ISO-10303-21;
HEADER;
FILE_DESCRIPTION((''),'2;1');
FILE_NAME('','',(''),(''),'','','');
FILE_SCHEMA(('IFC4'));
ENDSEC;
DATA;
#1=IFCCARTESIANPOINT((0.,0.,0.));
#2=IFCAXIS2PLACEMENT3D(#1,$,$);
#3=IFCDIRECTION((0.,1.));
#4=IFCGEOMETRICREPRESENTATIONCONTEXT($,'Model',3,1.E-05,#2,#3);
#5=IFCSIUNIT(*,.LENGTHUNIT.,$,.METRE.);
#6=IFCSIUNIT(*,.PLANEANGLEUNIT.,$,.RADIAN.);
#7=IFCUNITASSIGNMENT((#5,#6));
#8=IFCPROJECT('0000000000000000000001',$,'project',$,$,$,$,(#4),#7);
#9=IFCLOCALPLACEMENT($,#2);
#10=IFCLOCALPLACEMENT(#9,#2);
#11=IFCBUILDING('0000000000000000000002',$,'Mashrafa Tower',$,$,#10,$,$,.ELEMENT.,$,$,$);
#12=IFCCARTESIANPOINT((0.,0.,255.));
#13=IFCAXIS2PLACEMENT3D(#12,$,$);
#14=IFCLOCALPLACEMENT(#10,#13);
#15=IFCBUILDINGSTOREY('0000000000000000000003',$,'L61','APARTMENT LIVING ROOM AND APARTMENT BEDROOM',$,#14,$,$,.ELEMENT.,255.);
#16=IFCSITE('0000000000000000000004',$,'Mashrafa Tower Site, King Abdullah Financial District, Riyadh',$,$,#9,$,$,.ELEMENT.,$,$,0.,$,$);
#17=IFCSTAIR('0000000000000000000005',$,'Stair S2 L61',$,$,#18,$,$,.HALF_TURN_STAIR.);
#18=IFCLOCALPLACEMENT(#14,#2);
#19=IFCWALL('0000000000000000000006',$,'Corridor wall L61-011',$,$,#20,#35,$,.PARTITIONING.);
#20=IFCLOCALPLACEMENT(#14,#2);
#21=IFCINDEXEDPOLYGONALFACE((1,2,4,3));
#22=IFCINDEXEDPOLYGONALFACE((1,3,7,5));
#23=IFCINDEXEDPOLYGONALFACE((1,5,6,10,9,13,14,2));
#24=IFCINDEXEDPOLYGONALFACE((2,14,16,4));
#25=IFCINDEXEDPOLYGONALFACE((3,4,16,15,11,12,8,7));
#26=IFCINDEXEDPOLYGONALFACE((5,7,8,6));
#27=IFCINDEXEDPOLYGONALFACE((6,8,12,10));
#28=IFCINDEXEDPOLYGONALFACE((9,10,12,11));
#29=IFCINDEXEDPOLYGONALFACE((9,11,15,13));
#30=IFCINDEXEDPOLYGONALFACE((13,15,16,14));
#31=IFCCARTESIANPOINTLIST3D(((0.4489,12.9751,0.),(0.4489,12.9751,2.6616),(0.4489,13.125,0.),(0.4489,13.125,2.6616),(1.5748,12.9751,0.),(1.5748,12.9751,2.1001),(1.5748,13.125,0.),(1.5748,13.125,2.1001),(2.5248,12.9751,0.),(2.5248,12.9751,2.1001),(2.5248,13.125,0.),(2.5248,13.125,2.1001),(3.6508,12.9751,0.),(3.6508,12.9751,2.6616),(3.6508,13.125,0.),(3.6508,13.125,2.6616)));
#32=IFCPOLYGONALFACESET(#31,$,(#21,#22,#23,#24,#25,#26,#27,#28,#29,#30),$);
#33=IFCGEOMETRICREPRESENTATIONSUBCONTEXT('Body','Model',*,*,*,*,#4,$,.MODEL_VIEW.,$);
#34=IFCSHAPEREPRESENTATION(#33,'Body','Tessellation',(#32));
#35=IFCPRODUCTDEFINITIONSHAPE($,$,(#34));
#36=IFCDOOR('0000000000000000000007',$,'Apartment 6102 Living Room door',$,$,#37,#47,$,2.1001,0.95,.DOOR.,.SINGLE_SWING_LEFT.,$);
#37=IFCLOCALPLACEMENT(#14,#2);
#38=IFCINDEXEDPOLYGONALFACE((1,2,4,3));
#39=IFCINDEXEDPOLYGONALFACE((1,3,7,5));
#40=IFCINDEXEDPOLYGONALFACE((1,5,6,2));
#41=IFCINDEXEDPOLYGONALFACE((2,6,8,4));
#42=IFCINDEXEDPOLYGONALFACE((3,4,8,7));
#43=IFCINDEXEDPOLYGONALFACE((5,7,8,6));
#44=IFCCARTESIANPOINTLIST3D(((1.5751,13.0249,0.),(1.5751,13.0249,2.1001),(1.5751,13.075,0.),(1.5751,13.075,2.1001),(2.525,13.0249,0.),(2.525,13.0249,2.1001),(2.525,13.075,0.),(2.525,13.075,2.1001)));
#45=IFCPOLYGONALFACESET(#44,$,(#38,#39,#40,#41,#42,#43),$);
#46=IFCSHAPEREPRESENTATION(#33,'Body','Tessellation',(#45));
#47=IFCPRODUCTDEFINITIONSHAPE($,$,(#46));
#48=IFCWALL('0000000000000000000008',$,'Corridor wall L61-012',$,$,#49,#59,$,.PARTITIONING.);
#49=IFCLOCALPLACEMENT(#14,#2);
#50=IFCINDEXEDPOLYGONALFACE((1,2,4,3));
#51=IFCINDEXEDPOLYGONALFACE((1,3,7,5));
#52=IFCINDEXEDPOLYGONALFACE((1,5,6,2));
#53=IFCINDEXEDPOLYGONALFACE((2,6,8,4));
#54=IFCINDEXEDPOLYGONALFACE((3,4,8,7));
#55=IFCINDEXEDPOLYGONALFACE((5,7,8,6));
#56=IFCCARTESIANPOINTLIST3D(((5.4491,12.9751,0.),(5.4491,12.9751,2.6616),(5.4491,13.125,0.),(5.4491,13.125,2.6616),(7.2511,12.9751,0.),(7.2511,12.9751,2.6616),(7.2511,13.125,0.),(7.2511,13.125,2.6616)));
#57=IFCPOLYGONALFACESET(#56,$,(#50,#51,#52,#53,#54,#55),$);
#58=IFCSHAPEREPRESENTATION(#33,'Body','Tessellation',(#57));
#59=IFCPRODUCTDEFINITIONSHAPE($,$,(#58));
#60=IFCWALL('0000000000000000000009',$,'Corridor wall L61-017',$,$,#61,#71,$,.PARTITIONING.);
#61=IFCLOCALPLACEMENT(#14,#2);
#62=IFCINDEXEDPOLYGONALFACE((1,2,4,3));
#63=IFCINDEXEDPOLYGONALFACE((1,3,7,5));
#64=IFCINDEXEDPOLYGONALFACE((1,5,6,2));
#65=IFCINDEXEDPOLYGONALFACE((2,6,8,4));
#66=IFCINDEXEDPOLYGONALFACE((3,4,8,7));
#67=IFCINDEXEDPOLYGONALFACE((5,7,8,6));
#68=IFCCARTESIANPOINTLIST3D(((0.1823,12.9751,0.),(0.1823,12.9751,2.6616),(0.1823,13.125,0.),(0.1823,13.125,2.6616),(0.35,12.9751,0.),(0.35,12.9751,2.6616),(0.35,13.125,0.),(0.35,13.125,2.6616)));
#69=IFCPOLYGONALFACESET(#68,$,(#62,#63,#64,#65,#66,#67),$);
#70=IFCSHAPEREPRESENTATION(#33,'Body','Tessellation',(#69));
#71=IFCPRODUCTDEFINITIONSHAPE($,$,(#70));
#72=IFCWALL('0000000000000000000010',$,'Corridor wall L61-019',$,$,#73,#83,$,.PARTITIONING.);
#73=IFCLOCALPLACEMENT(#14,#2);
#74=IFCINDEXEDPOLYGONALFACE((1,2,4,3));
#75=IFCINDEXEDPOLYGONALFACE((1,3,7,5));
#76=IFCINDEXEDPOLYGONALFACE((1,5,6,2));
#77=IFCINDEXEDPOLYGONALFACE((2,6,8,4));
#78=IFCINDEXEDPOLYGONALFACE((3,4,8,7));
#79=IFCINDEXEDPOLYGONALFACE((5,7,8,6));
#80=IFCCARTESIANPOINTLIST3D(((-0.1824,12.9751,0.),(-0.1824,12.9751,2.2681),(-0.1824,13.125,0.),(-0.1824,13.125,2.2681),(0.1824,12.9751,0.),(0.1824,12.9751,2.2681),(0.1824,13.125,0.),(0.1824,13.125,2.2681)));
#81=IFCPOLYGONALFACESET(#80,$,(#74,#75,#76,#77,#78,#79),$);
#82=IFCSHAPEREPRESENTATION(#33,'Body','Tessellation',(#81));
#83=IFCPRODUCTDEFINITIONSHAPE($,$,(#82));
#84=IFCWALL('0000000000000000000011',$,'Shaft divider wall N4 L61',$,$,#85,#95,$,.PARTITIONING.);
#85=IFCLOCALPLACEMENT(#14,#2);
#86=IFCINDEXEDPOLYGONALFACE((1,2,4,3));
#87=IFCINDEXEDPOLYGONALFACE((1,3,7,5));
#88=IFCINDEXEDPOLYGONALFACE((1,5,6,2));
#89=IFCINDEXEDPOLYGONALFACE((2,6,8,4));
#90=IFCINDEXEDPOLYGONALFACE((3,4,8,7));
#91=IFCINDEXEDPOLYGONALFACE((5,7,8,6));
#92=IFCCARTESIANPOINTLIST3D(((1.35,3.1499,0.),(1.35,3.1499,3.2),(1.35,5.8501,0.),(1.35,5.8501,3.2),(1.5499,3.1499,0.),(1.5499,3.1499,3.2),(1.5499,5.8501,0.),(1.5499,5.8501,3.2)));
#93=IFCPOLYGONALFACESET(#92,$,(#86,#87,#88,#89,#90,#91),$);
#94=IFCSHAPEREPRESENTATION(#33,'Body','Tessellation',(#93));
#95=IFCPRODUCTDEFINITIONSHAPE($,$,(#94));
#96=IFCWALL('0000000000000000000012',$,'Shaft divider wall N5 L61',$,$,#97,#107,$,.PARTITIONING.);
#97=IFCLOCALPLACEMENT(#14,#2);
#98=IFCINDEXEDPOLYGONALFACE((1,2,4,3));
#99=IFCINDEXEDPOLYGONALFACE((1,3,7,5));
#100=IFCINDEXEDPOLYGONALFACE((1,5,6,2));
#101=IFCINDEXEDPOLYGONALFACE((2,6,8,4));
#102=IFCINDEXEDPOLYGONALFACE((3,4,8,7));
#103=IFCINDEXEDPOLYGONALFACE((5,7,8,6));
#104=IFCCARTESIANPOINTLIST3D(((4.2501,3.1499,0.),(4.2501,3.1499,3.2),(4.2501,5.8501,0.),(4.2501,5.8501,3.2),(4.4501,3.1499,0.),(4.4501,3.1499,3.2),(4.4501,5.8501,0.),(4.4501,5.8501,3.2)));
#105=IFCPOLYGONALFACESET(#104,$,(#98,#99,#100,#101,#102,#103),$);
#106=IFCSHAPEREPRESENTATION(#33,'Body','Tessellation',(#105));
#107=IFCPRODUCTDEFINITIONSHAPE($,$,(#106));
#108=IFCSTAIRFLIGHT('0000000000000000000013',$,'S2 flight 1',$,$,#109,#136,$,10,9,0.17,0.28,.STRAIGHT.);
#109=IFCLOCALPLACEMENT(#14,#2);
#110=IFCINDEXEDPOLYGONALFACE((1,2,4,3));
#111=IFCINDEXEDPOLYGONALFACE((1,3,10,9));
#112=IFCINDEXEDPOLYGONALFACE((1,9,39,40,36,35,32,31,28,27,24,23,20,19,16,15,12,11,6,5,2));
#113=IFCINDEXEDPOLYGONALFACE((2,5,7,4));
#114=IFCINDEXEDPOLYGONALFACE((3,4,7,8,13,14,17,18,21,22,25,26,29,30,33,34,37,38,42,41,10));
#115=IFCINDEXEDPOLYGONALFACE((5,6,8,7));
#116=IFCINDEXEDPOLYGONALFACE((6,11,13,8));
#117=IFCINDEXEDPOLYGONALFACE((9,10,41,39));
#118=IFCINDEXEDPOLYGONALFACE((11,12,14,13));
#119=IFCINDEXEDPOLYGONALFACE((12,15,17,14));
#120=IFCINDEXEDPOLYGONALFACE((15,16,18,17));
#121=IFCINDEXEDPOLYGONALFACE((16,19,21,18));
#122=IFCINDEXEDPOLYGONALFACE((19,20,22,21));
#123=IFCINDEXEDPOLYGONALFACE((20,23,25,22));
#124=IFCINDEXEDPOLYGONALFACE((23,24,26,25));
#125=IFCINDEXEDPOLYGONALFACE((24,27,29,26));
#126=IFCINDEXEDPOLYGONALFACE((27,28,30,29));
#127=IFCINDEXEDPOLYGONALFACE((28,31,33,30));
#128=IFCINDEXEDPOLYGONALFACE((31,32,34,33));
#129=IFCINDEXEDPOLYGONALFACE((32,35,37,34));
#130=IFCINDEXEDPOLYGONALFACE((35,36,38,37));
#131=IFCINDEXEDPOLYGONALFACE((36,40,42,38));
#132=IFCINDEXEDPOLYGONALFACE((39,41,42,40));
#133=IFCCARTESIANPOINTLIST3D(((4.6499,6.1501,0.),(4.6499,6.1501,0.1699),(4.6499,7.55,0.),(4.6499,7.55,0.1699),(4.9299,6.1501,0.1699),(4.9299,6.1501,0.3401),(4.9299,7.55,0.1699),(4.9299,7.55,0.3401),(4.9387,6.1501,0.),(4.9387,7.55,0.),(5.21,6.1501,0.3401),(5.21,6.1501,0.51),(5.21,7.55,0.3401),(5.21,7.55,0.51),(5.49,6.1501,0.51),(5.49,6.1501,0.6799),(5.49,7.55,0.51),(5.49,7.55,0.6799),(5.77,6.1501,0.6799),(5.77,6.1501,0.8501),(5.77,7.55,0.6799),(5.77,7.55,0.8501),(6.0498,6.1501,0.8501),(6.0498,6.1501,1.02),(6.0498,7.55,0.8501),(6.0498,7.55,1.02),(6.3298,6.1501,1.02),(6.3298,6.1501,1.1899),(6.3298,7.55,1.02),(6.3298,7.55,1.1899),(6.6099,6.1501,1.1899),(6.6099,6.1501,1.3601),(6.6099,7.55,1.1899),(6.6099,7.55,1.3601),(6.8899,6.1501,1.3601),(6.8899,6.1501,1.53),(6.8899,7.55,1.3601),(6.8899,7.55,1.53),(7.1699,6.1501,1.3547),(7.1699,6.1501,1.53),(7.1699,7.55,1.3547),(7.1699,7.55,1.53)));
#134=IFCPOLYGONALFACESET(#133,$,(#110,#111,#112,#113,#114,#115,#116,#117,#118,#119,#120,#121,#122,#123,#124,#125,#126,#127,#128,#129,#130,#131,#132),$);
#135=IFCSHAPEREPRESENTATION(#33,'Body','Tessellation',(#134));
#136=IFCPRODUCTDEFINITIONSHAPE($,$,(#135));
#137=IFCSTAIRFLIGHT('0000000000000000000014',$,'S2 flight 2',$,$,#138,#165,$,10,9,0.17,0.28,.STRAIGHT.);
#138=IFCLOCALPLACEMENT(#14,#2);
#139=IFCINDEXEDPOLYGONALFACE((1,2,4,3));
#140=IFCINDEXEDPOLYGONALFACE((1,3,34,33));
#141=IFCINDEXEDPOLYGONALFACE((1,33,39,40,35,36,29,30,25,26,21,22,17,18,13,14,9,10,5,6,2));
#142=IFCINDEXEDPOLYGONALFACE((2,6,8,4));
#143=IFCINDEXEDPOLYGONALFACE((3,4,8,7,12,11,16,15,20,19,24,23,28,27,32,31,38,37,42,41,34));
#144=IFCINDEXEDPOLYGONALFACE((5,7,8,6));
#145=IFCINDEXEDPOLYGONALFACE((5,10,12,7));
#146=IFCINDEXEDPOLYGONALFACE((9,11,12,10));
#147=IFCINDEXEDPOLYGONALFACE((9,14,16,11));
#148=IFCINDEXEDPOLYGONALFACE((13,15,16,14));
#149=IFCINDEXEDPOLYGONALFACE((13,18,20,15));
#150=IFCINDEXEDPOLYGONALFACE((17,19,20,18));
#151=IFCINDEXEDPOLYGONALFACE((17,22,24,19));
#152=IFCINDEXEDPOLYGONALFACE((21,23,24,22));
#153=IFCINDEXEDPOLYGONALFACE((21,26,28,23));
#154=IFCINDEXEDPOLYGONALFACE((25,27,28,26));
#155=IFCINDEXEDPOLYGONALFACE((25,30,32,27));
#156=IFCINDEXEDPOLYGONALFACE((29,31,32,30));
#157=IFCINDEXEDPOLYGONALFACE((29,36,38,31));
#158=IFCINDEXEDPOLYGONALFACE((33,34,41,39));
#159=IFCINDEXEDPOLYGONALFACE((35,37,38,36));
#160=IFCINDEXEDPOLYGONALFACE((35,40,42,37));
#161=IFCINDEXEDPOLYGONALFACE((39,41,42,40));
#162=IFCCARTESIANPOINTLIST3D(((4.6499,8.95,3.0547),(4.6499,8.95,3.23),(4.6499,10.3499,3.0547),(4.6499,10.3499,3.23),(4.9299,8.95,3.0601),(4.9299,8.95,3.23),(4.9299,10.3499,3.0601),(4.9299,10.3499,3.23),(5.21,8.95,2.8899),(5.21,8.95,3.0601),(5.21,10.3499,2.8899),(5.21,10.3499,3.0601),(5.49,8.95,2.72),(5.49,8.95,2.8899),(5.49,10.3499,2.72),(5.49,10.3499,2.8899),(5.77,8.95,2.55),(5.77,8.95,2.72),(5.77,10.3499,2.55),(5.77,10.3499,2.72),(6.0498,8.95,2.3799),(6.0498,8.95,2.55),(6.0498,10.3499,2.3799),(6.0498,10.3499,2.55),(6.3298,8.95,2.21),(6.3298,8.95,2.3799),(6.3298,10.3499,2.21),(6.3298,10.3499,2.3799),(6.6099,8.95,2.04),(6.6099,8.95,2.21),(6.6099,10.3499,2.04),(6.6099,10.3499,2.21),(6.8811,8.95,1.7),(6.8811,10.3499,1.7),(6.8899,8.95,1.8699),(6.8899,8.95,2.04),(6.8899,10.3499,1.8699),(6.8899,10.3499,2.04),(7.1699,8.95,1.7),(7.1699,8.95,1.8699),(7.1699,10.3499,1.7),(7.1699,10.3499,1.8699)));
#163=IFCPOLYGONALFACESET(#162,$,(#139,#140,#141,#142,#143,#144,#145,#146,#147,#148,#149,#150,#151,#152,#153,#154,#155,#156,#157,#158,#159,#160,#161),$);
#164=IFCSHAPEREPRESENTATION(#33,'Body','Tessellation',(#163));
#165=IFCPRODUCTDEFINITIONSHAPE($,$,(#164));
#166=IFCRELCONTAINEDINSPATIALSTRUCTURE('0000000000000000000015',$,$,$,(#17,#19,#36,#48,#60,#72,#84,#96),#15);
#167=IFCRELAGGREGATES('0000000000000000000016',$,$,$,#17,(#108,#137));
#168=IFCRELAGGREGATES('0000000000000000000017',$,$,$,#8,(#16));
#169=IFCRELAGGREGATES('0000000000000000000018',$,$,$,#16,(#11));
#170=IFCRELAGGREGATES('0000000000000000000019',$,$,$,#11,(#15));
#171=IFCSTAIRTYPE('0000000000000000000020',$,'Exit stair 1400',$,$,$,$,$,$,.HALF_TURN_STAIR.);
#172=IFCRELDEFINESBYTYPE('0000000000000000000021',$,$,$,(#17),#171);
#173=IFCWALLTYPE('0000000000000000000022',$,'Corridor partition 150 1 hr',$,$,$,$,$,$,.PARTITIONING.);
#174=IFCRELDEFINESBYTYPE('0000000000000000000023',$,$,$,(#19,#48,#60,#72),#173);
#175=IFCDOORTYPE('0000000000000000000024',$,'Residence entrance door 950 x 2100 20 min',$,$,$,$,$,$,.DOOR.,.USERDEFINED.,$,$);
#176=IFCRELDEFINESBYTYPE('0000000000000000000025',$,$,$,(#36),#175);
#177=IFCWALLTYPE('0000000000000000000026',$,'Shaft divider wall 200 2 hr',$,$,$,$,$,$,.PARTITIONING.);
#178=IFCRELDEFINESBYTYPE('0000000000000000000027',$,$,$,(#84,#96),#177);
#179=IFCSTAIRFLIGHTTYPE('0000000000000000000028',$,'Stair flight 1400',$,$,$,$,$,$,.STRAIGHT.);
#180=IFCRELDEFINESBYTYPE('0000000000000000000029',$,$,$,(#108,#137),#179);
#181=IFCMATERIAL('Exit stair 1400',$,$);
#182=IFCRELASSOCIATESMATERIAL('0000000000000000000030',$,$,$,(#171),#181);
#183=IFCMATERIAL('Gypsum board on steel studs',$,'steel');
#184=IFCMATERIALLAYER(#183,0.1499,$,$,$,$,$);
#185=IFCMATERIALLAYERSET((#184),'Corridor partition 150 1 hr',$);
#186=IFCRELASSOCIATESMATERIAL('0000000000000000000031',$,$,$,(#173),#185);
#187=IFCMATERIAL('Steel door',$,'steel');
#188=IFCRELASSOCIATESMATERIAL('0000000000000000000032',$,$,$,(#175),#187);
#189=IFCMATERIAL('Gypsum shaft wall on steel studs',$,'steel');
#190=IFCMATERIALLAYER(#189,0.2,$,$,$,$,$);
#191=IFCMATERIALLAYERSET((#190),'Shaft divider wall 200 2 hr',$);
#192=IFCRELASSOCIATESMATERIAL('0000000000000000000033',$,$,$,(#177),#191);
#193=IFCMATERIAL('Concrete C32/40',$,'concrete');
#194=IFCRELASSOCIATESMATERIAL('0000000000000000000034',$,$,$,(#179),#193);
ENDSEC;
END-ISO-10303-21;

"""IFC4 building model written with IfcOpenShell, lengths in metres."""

from ifc_helpers import new_model, si_unit, direction, frame, frame_2d, origin, place, context, subcontext, project, spatial, polyline, rectangle, outline, extrude, material, layer, layer_set, type_object, element, fill, aggregate, save


model = new_model("IFC4")

# Units and contexts
model_context = context("Model", 3, precision=1e-05, world=origin(), true_north=direction((0.0, 1.0)))
body_context = subcontext(model_context, "Body", "Model", "MODEL_VIEW")
ifc_project = project(units=[si_unit("LENGTHUNIT", "METRE"), si_unit("PLANEANGLEUNIT", "RADIAN")], contexts=[model_context])

# Site, building, storey
site_placement = place(None, origin())
site = spatial("IfcSite", under=ifc_project, at=site_placement, Name="Mashrafa Tower Site, King Abdullah Financial District, Riyadh", CompositionType="ELEMENT", RefElevation=0.0)
building_placement = place(site_placement, origin())
building = spatial("IfcBuilding", under=site, at=building_placement, Name="Mashrafa Tower", CompositionType="ELEMENT")
storey_placement = place(building_placement, frame((0.0, 0.0, 255.0)))
storey = spatial("IfcBuildingStorey", under=building, at=storey_placement, Name="L61", Description="APARTMENT LIVING ROOM AND APARTMENT BEDROOM", CompositionType="ELEMENT", Elevation=255.0)

# Stair
ifc_material_1 = material(Name="Exit stair 1400")
stair_type = type_object("IfcStairType", Name="Exit stair 1400", PredefinedType="HALF_TURN_STAIR", material=ifc_material_1)
stair_1_placement = place(storey_placement, origin())
stair_1 = element("IfcStair", 1, at=stair_1_placement, inside=storey, type_object=stair_type, Name="Stair S2 L61", PredefinedType="HALF_TURN_STAIR")

# Shared definitions
ifc_material_2 = material(Name="Gypsum board on steel studs", Category="steel")
ifc_layer_1 = layer(ifc_material_2, 0.1499)
ifc_layer_set_1 = layer_set([ifc_layer_1], Name="Corridor partition 150 1 hr")
wall_type_1 = type_object("IfcWallType", Name="Corridor partition 150 1 hr", PredefinedType="PARTITIONING", material=ifc_layer_set_1)

# Wall, opening, door
wall_1_placement = place(storey_placement, frame((3.6509, 13.05, 0.0), z_axis=(0.0, 0.0, 1.0), x_axis=(-1.0, 0.0, 0.0)))
wall_1 = element("IfcWall", 2, at=wall_1_placement, inside=storey, type_object=wall_type_1, Name="Corridor wall L61-011", PredefinedType="PARTITIONING", context=body_context, shape_type="SweptSolid", body=[
    extrude(rectangle(XDim=3.2019, YDim=0.1499, at=frame_2d((1.6011, 0.0))), origin(), (0.0, 0.0, 1.0), 2.6616),
])
opening_1_placement = place(wall_1_placement, frame((1.126, 0.0, 0.0)))
opening_1 = element("IfcOpeningElement", 3, at=opening_1_placement, cuts=wall_1, PredefinedType="OPENING", context=body_context, shape_type="SweptSolid", body=[
    extrude(rectangle(XDim=0.95, YDim=2.1001, at=frame_2d((0.4751, 1.05))), frame((0.0, 0.085, 0.0), z_axis=(0.0, -1.0, 0.0), x_axis=(1.0, 0.0, 0.0)), (0.0, 0.0, 1.0), 0.1699),
])
ifc_material_3 = material(Name="Steel door", Category="steel")
door_type_1 = type_object("IfcDoorType", Name="Residence entrance door 950 x 2100 20 min", OperationType="USERDEFINED", PredefinedType="DOOR", material=ifc_material_3)
door_1_placement = place(opening_1_placement, frame((0.95, 0.0, 0.0), z_axis=(0.0, 0.0, 1.0), x_axis=(-1.0, 0.0, 0.0)))
door_1 = element("IfcDoor", 4, at=door_1_placement, inside=storey, type_object=door_type_1, Name="Apartment 6102 Living Room door", OperationType="SINGLE_SWING_LEFT", OverallHeight=2.1001, OverallWidth=0.95, PredefinedType="DOOR", context=body_context, shape_type="SweptSolid", body=[
    extrude(rectangle(XDim=0.95, YDim=2.1001, at=frame_2d((0.4751, 1.05))), frame((0.0, 0.0249, 0.0), z_axis=(0.0, -1.0, 0.0), x_axis=(1.0, 0.0, 0.0)), (0.0, 0.0, 1.0), 0.05),
])
fill(opening_1, door_1)

# Walls
wall_2_placement = place(storey_placement, frame((7.251, 13.05, 0.0), z_axis=(0.0, 0.0, 1.0), x_axis=(-1.0, 0.0, 0.0)))
element("IfcWall", 5, at=wall_2_placement, inside=storey, type_object=wall_type_1, Name="Corridor wall L61-012", PredefinedType="PARTITIONING", context=body_context, shape_type="SweptSolid", body=[
    extrude(rectangle(XDim=1.802, YDim=0.1499, at=frame_2d((0.9009, 0.0))), origin(), (0.0, 0.0, 1.0), 2.6616),
])
wall_3_placement = place(storey_placement, frame((0.3501, 13.05, 0.0), z_axis=(0.0, 0.0, 1.0), x_axis=(-1.0, 0.0, 0.0)))
element("IfcWall", 6, at=wall_3_placement, inside=storey, type_object=wall_type_1, Name="Corridor wall L61-017", PredefinedType="PARTITIONING", context=body_context, shape_type="SweptSolid", body=[
    extrude(rectangle(XDim=0.1677, YDim=0.1499, at=frame_2d((0.084, 0.0))), origin(), (0.0, 0.0, 1.0), 2.6616),
])
wall_4_placement = place(storey_placement, frame((0.1824, 13.05, 0.0), z_axis=(0.0, 0.0, 1.0), x_axis=(-1.0, 0.0, 0.0)))
element("IfcWall", 7, at=wall_4_placement, inside=storey, type_object=wall_type_1, Name="Corridor wall L61-019", PredefinedType="PARTITIONING", context=body_context, shape_type="SweptSolid", body=[
    extrude(rectangle(XDim=0.3647, YDim=0.1499, at=frame_2d((0.1824, 0.0))), origin(), (0.0, 0.0, 1.0), 2.2681),
])
ifc_material_4 = material(Name="Gypsum shaft wall on steel studs", Category="steel")
ifc_layer_2 = layer(ifc_material_4, 0.2)
ifc_layer_set_2 = layer_set([ifc_layer_2], Name="Shaft divider wall 200 2 hr")
wall_type_2 = type_object("IfcWallType", Name="Shaft divider wall 200 2 hr", PredefinedType="PARTITIONING", material=ifc_layer_set_2)
for number, where, z_axis, x_axis, name in (
    (8, (1.45, 3.1499, 0.0), (0.0, 0.0, 1.0), (0.0, 1.0, 0.0), "Shaft divider wall N4 L61"),
    (9, (4.3501, 3.1499, 0.0), (0.0, 0.0, 1.0), (0.0, 1.0, 0.0), "Shaft divider wall N5 L61"),
):
    element("IfcWall", number, at=place(storey_placement, frame(where, z_axis=z_axis, x_axis=x_axis)), inside=storey, type_object=wall_type_2, Name=name, PredefinedType="PARTITIONING", context=body_context, shape_type="SweptSolid", body=[
        extrude(rectangle(XDim=2.7002, YDim=0.2, at=frame_2d((1.3501, 0.0))), origin(), (0.0, 0.0, 1.0), 3.2),
    ])

# Stair flights
ifc_material_5 = material(Name="Concrete C32/40", Category="concrete")
stair_flight_type = type_object("IfcStairFlightType", Name="Stair flight 1400", PredefinedType="STRAIGHT", material=ifc_material_5)
stair_flight_1_placement = place(storey_placement, frame((4.6499, 6.8501, 0.0), z_axis=(0.0, 0.0, 1.0), x_axis=(1.0, 0.0, 0.0)))
stair_flight_1 = element("IfcStairFlight", 10, at=stair_flight_1_placement, type_object=stair_flight_type, Name="S2 flight 1", NumberOfRisers=10, NumberOfTreads=9, PredefinedType="STRAIGHT", RiserHeight=0.17, TreadLength=0.28, context=body_context, shape_type="SweptSolid", body=[
    extrude(outline(polyline([(0.0, 0.0), (0.0, 0.1699), (0.28, 0.1699), (0.28, 0.3401), (0.5601, 0.3401), (0.5601, 0.51), (0.8401, 0.51), (0.8401, 0.6799), (1.1201, 0.6799), (1.1201, 0.8501), (1.3999, 0.8501), (1.3999, 1.02), (1.6799, 1.02), (1.6799, 1.1899), (1.96, 1.1899), (1.96, 1.3601), (2.24, 1.3601), (2.24, 1.53), (2.52, 1.53), (2.52, 1.7), (2.52, 1.3547), (0.2888, 0.0), (0.0, 0.0)])), frame((0.0, 0.7, 0.0), z_axis=(0.0, -1.0, 0.0), x_axis=(1.0, 0.0, 0.0)), (0.0, 0.0, 1.0), 1.3999),
])
stair_flight_2_placement = place(storey_placement, frame((7.1699, 9.6499, 1.7), z_axis=(0.0, 0.0, 1.0), x_axis=(-1.0, 0.0, 0.0)))
stair_flight_2 = element("IfcStairFlight", 11, at=stair_flight_2_placement, type_object=stair_flight_type, Name="S2 flight 2", NumberOfRisers=10, NumberOfTreads=9, PredefinedType="STRAIGHT", RiserHeight=0.17, TreadLength=0.28, context=body_context, shape_type="SweptSolid", body=[
    extrude(outline(polyline([(0.0, 0.0), (0.0, 0.1699), (0.28, 0.1699), (0.28, 0.3401), (0.5601, 0.3401), (0.5601, 0.51), (0.8401, 0.51), (0.8401, 0.6799), (1.1201, 0.6799), (1.1201, 0.8501), (1.3999, 0.8501), (1.3999, 1.02), (1.6799, 1.02), (1.6799, 1.1899), (1.96, 1.1899), (1.96, 1.3601), (2.24, 1.3601), (2.24, 1.53), (2.52, 1.53), (2.52, 1.7), (2.52, 1.3547), (0.2888, 0.0), (0.0, 0.0)])), frame((0.0, 0.7, 0.0), z_axis=(0.0, -1.0, 0.0), x_axis=(1.0, 0.0, 0.0)), (0.0, 0.0, 1.0), 1.3999),
])
aggregate(stair_1, [stair_flight_1, stair_flight_2])

save(model, "model.ifc")
